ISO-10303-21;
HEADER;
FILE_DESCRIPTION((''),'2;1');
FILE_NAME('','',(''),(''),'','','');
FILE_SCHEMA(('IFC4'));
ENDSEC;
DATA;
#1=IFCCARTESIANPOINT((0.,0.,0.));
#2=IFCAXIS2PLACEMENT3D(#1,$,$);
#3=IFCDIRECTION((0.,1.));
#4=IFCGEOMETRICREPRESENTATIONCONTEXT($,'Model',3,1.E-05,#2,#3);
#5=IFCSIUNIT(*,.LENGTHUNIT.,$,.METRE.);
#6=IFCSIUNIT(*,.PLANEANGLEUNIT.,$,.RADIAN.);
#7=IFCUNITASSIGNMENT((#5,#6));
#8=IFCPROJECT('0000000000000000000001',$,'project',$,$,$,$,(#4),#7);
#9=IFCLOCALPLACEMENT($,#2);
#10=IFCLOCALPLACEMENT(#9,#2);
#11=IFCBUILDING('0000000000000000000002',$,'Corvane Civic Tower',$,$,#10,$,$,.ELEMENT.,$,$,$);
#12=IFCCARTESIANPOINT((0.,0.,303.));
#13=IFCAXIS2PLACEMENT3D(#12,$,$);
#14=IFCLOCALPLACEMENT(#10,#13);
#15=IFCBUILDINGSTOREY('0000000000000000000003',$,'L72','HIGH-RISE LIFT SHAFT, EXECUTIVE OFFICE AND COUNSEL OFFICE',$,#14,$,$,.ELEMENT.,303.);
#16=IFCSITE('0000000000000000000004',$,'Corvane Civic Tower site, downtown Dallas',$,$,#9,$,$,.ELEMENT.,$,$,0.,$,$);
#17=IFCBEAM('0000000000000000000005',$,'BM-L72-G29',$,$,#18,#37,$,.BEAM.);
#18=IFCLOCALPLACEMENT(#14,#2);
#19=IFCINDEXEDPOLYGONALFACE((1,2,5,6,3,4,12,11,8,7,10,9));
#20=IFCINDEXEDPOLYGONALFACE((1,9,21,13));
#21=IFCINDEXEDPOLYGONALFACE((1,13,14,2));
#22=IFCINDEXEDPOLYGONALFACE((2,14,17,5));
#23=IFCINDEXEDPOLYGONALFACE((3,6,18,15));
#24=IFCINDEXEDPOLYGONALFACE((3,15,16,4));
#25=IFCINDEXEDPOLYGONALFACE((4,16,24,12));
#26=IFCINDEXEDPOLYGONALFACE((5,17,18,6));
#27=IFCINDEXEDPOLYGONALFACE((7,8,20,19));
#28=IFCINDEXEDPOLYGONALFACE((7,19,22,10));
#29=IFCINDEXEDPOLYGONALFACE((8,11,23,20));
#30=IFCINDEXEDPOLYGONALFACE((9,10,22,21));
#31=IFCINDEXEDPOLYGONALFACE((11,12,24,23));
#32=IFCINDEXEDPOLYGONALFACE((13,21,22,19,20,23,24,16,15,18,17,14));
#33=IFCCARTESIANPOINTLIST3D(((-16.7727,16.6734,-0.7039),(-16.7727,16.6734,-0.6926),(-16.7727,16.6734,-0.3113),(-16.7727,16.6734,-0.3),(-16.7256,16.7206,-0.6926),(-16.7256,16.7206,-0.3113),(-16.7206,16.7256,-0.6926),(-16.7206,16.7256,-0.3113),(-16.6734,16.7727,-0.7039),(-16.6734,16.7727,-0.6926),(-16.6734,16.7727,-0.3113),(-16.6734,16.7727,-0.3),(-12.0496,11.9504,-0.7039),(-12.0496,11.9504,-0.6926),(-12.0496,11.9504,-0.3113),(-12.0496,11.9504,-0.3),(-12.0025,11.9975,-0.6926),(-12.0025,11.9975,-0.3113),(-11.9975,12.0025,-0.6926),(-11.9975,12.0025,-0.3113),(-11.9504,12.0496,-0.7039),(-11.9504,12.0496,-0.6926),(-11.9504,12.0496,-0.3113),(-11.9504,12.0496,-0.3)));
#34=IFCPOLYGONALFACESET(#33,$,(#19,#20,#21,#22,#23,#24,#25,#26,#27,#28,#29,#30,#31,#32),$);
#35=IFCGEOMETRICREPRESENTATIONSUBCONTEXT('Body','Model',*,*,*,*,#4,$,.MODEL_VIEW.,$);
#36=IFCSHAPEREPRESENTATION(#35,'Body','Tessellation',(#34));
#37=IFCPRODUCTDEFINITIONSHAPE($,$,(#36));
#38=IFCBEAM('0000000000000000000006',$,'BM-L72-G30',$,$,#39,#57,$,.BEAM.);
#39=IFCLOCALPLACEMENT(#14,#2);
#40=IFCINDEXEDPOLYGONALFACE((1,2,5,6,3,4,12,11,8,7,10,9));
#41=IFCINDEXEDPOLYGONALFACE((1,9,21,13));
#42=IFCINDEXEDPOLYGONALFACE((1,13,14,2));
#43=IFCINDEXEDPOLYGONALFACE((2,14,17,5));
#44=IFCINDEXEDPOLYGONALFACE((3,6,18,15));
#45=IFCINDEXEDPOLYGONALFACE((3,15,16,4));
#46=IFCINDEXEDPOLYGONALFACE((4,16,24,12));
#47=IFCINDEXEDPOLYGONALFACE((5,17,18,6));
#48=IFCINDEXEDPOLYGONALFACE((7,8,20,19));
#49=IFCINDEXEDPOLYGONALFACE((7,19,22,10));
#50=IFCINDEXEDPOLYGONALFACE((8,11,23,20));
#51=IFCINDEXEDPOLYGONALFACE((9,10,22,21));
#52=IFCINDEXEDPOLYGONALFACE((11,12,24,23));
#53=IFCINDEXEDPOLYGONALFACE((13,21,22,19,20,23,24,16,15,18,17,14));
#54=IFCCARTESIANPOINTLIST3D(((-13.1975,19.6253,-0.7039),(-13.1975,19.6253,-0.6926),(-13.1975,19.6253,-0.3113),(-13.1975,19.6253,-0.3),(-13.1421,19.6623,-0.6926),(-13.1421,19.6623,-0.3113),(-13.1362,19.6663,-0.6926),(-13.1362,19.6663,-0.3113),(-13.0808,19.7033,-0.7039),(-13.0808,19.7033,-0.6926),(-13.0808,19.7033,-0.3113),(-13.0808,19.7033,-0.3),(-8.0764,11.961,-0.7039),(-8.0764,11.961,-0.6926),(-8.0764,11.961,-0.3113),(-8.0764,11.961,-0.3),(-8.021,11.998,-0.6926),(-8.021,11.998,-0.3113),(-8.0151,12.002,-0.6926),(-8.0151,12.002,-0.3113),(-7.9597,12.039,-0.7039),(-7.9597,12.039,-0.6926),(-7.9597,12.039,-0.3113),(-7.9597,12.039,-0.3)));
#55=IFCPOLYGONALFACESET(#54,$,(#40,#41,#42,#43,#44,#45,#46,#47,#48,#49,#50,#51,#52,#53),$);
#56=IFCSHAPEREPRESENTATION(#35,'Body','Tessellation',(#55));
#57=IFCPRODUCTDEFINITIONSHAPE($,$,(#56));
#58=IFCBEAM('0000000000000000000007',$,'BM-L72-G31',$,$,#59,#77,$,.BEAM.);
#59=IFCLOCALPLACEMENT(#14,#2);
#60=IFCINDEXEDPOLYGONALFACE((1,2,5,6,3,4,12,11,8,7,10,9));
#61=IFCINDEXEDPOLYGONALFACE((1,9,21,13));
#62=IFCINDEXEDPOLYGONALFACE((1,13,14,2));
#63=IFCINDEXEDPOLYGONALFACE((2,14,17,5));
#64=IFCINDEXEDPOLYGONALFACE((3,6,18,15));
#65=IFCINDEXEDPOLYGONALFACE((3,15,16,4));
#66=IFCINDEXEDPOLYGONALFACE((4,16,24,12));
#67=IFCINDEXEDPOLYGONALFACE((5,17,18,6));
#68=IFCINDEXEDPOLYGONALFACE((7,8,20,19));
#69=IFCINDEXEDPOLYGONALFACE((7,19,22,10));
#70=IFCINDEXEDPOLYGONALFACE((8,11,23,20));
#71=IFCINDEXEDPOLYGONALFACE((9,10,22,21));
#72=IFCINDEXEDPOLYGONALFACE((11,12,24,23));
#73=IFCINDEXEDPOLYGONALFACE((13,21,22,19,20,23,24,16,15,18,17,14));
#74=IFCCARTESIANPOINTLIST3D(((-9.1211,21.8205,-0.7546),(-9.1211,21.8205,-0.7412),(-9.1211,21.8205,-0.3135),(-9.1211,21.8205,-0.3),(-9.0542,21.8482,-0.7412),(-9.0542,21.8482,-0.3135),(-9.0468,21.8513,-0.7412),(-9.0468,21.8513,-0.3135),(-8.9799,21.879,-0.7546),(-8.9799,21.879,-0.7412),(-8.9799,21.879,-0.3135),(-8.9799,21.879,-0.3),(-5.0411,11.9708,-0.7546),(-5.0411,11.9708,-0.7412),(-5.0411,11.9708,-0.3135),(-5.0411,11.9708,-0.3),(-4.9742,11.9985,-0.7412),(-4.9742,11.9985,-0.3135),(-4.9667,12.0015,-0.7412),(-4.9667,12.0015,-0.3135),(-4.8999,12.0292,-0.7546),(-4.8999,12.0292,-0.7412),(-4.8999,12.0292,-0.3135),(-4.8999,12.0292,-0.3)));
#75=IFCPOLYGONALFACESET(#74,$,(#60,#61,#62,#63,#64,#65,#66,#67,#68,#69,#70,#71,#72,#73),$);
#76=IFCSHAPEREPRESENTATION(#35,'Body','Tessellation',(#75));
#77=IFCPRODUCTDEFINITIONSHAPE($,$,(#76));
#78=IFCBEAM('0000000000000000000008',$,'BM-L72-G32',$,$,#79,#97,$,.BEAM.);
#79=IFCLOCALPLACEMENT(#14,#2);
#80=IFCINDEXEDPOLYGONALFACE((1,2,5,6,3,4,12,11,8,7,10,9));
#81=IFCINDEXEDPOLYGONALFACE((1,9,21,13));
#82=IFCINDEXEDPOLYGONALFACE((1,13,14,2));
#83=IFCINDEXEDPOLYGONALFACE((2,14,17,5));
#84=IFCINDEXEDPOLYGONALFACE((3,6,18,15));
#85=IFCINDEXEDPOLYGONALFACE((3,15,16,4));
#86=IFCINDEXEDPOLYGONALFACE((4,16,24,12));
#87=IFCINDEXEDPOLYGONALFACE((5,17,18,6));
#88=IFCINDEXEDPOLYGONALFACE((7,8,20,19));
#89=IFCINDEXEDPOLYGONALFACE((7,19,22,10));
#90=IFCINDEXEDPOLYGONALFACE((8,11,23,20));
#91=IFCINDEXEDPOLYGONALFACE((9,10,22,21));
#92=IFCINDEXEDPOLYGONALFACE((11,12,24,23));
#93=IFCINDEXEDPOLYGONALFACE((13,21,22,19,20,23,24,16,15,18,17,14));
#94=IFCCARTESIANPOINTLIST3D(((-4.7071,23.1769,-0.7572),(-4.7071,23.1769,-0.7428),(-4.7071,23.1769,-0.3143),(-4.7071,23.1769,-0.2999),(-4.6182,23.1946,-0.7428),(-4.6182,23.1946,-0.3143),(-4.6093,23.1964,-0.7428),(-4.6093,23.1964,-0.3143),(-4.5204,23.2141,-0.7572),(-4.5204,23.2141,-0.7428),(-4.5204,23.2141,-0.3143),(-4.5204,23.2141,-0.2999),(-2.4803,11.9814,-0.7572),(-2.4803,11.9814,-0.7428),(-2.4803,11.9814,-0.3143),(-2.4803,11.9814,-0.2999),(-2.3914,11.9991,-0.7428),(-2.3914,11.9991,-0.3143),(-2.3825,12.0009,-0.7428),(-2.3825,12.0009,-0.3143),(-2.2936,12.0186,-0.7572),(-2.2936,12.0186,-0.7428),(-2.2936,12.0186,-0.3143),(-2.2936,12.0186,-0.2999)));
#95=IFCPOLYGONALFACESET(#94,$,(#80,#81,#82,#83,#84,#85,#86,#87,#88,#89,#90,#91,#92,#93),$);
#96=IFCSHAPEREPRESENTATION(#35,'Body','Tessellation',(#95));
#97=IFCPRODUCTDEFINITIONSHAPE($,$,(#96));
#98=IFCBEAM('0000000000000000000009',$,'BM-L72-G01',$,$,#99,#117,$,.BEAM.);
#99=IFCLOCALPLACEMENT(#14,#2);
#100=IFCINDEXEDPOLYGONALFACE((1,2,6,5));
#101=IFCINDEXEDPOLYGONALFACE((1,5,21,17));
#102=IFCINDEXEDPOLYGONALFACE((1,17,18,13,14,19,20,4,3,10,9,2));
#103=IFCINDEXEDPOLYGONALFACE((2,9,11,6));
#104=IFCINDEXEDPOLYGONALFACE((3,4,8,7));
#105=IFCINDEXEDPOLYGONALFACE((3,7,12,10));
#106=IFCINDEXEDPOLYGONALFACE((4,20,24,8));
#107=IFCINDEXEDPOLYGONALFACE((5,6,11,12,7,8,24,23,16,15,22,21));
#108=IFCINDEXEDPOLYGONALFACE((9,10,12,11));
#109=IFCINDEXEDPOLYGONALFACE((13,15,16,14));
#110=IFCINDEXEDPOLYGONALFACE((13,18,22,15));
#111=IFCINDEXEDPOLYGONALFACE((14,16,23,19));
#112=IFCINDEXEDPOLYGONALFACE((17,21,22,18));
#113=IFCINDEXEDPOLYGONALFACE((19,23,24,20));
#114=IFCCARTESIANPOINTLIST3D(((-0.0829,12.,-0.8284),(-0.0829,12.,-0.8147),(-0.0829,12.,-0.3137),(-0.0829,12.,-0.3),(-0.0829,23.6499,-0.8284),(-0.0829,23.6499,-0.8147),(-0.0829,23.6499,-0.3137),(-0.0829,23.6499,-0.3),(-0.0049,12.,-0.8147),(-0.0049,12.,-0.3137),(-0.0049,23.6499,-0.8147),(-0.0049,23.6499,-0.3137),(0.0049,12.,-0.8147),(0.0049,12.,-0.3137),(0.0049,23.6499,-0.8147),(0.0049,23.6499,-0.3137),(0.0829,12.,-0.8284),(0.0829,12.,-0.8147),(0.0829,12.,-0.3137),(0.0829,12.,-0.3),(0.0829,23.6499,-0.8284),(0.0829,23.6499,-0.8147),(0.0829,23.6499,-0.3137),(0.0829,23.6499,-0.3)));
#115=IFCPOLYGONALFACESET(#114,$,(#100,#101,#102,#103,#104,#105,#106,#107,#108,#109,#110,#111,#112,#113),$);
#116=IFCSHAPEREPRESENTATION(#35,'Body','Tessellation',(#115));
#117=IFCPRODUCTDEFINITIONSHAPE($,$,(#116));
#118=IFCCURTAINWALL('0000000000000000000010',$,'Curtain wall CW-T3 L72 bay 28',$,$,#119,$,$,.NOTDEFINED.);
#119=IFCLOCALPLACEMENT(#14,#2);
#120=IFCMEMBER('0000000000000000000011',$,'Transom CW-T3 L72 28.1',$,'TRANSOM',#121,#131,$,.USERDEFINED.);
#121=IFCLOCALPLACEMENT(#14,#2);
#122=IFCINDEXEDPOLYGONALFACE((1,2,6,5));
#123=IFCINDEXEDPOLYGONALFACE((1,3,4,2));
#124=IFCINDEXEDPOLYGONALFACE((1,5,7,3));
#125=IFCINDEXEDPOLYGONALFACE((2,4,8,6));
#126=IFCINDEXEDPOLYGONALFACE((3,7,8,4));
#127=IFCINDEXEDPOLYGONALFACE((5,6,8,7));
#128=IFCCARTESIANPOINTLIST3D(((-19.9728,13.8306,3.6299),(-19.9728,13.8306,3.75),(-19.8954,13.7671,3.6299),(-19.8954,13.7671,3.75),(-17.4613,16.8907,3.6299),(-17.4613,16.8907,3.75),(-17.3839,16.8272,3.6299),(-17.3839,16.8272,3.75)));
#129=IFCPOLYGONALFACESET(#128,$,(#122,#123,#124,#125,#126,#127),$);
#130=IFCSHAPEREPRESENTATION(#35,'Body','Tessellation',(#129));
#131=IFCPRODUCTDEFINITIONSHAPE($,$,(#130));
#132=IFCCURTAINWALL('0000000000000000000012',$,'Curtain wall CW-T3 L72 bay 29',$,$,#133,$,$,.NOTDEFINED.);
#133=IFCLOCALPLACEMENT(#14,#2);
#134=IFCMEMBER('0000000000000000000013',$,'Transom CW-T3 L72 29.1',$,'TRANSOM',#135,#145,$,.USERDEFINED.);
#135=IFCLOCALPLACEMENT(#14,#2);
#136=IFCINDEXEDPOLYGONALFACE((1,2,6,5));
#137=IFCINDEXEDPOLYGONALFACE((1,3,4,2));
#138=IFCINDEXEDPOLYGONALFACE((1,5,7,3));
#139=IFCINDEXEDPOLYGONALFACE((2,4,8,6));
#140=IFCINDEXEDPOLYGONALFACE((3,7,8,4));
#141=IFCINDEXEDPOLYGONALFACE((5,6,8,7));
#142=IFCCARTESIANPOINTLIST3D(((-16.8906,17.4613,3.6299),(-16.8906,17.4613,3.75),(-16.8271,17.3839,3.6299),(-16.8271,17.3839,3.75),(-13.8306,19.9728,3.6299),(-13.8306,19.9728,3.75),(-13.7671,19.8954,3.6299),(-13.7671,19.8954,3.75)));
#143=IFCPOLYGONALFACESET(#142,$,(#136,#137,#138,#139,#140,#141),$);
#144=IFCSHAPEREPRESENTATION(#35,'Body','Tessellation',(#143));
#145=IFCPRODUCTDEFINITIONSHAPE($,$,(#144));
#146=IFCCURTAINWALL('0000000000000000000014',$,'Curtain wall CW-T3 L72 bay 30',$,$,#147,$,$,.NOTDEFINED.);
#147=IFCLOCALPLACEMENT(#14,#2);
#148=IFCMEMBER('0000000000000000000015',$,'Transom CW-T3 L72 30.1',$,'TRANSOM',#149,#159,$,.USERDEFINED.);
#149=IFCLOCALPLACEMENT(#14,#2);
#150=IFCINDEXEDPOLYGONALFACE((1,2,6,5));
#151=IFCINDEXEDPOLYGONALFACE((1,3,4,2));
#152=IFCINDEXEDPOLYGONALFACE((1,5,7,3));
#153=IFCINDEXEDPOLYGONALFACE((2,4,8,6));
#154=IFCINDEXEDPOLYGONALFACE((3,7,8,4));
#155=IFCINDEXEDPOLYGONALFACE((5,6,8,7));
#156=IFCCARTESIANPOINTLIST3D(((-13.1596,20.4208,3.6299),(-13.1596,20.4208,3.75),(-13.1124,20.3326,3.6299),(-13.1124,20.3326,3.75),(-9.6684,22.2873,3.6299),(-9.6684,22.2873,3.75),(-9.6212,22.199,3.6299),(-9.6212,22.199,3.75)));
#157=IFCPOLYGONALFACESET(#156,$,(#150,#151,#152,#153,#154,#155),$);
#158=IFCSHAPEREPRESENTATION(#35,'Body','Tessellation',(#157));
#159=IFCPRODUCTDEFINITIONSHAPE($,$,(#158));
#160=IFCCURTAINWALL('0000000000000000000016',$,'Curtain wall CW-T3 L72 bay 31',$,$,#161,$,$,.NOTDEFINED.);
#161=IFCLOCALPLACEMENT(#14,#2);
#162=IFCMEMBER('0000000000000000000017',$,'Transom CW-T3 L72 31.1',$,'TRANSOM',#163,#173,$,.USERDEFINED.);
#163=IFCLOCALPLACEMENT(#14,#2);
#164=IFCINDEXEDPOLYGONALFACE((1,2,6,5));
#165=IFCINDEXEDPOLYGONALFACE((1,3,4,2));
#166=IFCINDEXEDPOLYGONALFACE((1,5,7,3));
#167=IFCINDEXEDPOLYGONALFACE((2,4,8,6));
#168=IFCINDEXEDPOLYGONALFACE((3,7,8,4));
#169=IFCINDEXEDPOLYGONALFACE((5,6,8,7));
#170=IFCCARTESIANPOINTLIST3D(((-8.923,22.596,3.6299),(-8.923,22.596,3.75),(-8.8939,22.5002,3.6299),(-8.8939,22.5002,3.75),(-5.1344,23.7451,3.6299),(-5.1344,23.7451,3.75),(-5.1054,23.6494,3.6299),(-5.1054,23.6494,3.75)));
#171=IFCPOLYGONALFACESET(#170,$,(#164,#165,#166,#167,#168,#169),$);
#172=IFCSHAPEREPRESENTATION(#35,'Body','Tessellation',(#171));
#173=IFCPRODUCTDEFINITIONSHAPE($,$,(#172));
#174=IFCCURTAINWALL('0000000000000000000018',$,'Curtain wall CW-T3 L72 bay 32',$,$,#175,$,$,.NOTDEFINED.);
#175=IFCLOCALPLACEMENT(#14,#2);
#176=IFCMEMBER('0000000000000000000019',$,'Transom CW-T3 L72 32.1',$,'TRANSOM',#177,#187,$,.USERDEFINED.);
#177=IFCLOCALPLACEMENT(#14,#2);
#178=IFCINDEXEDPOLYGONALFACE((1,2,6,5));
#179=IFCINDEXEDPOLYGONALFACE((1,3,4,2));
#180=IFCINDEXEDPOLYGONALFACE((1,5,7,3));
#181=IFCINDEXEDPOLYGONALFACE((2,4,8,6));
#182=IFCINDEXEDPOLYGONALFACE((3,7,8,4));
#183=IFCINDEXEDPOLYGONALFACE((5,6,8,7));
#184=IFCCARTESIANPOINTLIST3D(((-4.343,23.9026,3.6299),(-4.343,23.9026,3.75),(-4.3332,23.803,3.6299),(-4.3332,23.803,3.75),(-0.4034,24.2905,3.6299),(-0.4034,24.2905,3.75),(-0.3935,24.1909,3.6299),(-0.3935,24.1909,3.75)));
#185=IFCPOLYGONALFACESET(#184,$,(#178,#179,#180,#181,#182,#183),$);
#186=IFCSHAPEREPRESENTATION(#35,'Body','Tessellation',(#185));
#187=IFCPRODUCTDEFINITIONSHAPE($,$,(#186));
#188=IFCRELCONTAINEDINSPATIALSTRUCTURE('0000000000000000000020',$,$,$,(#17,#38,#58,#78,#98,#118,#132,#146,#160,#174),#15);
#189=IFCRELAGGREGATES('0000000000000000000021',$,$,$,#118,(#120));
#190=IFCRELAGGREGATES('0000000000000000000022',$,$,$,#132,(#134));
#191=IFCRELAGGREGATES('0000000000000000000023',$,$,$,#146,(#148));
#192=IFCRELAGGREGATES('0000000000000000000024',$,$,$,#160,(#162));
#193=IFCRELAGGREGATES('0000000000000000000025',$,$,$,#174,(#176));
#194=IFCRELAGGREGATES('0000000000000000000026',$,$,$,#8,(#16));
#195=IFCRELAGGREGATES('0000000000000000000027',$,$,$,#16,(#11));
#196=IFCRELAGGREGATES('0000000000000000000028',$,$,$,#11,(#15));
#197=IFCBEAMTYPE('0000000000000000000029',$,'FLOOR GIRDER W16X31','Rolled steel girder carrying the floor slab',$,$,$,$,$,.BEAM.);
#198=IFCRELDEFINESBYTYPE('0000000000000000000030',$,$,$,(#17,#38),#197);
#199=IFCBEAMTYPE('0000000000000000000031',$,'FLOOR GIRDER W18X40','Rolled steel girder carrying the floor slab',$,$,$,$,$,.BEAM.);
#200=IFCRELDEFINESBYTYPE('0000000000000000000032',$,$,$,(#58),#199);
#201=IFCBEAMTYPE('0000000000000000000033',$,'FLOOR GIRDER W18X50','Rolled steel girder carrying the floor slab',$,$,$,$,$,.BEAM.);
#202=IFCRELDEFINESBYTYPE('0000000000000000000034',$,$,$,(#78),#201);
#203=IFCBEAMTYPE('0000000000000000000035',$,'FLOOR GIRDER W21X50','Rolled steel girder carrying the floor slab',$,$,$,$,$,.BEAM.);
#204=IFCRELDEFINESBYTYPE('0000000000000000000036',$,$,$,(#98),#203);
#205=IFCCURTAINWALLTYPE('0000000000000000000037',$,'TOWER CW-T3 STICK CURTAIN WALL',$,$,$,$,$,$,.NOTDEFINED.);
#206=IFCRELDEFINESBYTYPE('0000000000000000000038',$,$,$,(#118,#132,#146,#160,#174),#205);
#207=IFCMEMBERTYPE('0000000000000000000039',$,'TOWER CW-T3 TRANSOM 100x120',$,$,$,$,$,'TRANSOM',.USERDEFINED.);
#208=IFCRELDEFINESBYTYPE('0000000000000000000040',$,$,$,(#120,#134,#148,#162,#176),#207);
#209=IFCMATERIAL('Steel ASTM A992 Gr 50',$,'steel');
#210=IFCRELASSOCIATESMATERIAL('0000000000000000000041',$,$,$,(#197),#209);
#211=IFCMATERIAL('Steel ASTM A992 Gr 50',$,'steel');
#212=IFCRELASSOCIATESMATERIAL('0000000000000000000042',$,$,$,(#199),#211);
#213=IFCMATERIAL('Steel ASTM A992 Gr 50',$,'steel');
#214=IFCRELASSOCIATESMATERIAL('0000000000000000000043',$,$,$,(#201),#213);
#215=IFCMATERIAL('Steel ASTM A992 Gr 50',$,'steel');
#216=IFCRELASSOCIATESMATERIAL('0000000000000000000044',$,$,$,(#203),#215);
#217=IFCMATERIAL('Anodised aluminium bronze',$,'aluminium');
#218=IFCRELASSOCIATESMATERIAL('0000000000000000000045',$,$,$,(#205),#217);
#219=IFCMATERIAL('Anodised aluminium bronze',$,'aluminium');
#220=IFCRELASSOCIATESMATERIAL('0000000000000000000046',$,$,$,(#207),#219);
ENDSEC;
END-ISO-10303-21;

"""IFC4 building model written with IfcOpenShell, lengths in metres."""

from ifc_helpers import new_model, si_unit, direction, frame, origin, origin_2d, place, context, subcontext, project, spatial, rectangle, i_section, extrude, material, material_profile, profile_set, type_object, element, aggregate, save


model = new_model("IFC4")

# Units and contexts
model_context = context("Model", 3, precision=1e-05, world=origin(), true_north=direction((0.0, 1.0)))
body_context = subcontext(model_context, "Body", "Model", "MODEL_VIEW")
ifc_project = project(units=[si_unit("LENGTHUNIT", "METRE"), si_unit("PLANEANGLEUNIT", "RADIAN")], contexts=[model_context])

# Site, building, storey
site_placement = place(None, origin())
site = spatial("IfcSite", under=ifc_project, at=site_placement, Name="Corvane Civic Tower site, downtown Dallas", CompositionType="ELEMENT", RefElevation=0.0)
building_placement = place(site_placement, origin())
building = spatial("IfcBuilding", under=site, at=building_placement, Name="Corvane Civic Tower", CompositionType="ELEMENT")
storey_placement = place(building_placement, frame((0.0, 0.0, 303.0)))
storey = spatial("IfcBuildingStorey", under=building, at=storey_placement, Name="L72", Description="HIGH-RISE LIFT SHAFT, EXECUTIVE OFFICE AND COUNSEL OFFICE", CompositionType="ELEMENT", Elevation=303.0)

# Beams
ifc_material_1 = material(Name="Steel ASTM A992 Gr 50", Category="steel")
ifc_material_profile_1 = material_profile(ifc_material_1, i_section(OverallWidth=0.1404, OverallDepth=0.4038, WebThickness=0.0071, FlangeThickness=0.0112, at=origin_2d()), Name="W16X31")
ifc_profile_set_1 = profile_set([ifc_material_profile_1], Name="Steel ASTM A992 Gr 50")
beam_type_1 = type_object("IfcBeamType", Name="FLOOR GIRDER W16X31", Description="Rolled steel girder carrying the floor slab", PredefinedType="BEAM", material=ifc_profile_set_1)
beam_1_placement = place(storey_placement, frame((-12.0, 12.0, -0.502), z_axis=(-0.707107, 0.707107, 0.0), x_axis=(-0.707107, -0.707107, 0.0)))
element("IfcBeam", 1, at=beam_1_placement, inside=storey, type_object=beam_type_1, Name="BM-L72-G29", PredefinedType="BEAM", context=body_context, shape_type="SweptSolid", body=[
    extrude(i_section(OverallWidth=0.1404, OverallDepth=0.4038, WebThickness=0.0071, FlangeThickness=0.0112, at=origin_2d()), origin(), (0.0, 0.0, 1.0), 6.6794),
])
beam_2_placement = place(storey_placement, frame((-8.0181, 12.0, -0.502), z_axis=(-0.555568, 0.831471, 0.0), x_axis=(-0.831471, -0.555568, 0.0)))
element("IfcBeam", 2, at=beam_2_placement, inside=storey, type_object=beam_type_1, Name="BM-L72-G30", PredefinedType="BEAM", context=body_context, shape_type="SweptSolid", body=[
    extrude(i_section(OverallWidth=0.1404, OverallDepth=0.4038, WebThickness=0.0071, FlangeThickness=0.0112, at=origin_2d()), origin(), (0.0, 0.0, 1.0), 9.2178),
])
ifc_material_2 = material(Name="Steel ASTM A992 Gr 50", Category="steel")
ifc_material_profile_2 = material_profile(ifc_material_2, i_section(OverallWidth=0.1528, OverallDepth=0.4546, WebThickness=0.0081, FlangeThickness=0.0134, at=origin_2d()), Name="W18X40")
ifc_profile_set_2 = profile_set([ifc_material_profile_2], Name="Steel ASTM A992 Gr 50")
beam_type_2 = type_object("IfcBeamType", Name="FLOOR GIRDER W18X40", Description="Rolled steel girder carrying the floor slab", PredefinedType="BEAM", material=ifc_profile_set_2)
beam_3_placement = place(storey_placement, frame((-4.9705, 12.0, -0.5273), z_axis=(-0.382694, 0.923875, 0.0), x_axis=(-0.923875, -0.382694, 0.0)))
element("IfcBeam", 3, at=beam_3_placement, inside=storey, type_object=beam_type_2, Name="BM-L72-G31", PredefinedType="BEAM", context=body_context, shape_type="SweptSolid", body=[
    extrude(i_section(OverallWidth=0.1528, OverallDepth=0.4546, WebThickness=0.0081, FlangeThickness=0.0134, at=origin_2d()), origin(), (0.0, 0.0, 1.0), 10.6614),
])
ifc_material_3 = material(Name="Steel ASTM A992 Gr 50", Category="steel")
ifc_material_profile_3 = material_profile(ifc_material_3, i_section(OverallWidth=0.1904, OverallDepth=0.4573, WebThickness=0.009, FlangeThickness=0.0144, at=origin_2d()), Name="W18X50")
ifc_profile_set_3 = profile_set([ifc_material_profile_3], Name="Steel ASTM A992 Gr 50")
beam_type_3 = type_object("IfcBeamType", Name="FLOOR GIRDER W18X50", Description="Rolled steel girder carrying the floor slab", PredefinedType="BEAM", material=ifc_profile_set_3)
beam_4_placement = place(storey_placement, frame((-2.387, 12.0, -0.5286), z_axis=(-0.19508, 0.980787, 0.0), x_axis=(-0.980787, -0.19508, 0.0)))
element("IfcBeam", 4, at=beam_4_placement, inside=storey, type_object=beam_type_3, Name="BM-L72-G32", PredefinedType="BEAM", context=body_context, shape_type="SweptSolid", body=[
    extrude(i_section(OverallWidth=0.1904, OverallDepth=0.4573, WebThickness=0.009, FlangeThickness=0.0144, at=origin_2d()), origin(), (0.0, 0.0, 1.0), 11.4148),
])
ifc_material_4 = material(Name="Steel ASTM A992 Gr 50", Category="steel")
ifc_material_profile_4 = material_profile(ifc_material_4, i_section(OverallWidth=0.1658, OverallDepth=0.5283, WebThickness=0.0098, FlangeThickness=0.0137, at=origin_2d()), Name="W21X50")
ifc_profile_set_4 = profile_set([ifc_material_profile_4], Name="Steel ASTM A992 Gr 50")
beam_type_4 = type_object("IfcBeamType", Name="FLOOR GIRDER W21X50", Description="Rolled steel girder carrying the floor slab", PredefinedType="BEAM", material=ifc_profile_set_4)
beam_5_placement = place(storey_placement, frame((0.0, 12.0, -0.5642), z_axis=(0.0, 1.0, 0.0), x_axis=(-1.0, 0.0, 0.0)))
element("IfcBeam", 5, at=beam_5_placement, inside=storey, type_object=beam_type_4, Name="BM-L72-G01", PredefinedType="BEAM", context=body_context, shape_type="SweptSolid", body=[
    extrude(i_section(OverallWidth=0.1658, OverallDepth=0.5283, WebThickness=0.0098, FlangeThickness=0.0137, at=origin_2d()), origin(), (0.0, 0.0, 1.0), 11.6499),
])

# Curtain walls, members
ifc_material_5 = material(Name="Anodised aluminium bronze", Category="aluminium")
curtain_wall_type = type_object("IfcCurtainWallType", Name="TOWER CW-T3 STICK CURTAIN WALL", PredefinedType="NOTDEFINED", material=ifc_material_5)
curtain_wall_1_placement = place(storey_placement, origin())
curtain_wall_1 = element("IfcCurtainWall", 6, at=curtain_wall_1_placement, inside=storey, type_object=curtain_wall_type, Name="Curtain wall CW-T3 L72 bay 28", PredefinedType="NOTDEFINED")
ifc_material_6 = material(Name="Anodised aluminium bronze", Category="aluminium")
ifc_material_profile_5 = material_profile(ifc_material_6, rectangle(XDim=0.1001, YDim=0.1201, at=origin_2d()), Name="TOWER CW-T3 TRANSOM 100x120")
ifc_profile_set_5 = profile_set([ifc_material_profile_5], Name="Anodised aluminium bronze")
member_type = type_object("IfcMemberType", Name="TOWER CW-T3 TRANSOM 100x120", ElementType="TRANSOM", PredefinedType="USERDEFINED", material=ifc_profile_set_5)
member_1_placement = place(storey_placement, frame((-19.9341, 13.7988, 3.6899), z_axis=(0.634416, 0.772992, 0.0), x_axis=(-0.772992, 0.634416, 0.0)))
member_1 = element("IfcMember", 7, at=member_1_placement, type_object=member_type, Name="Transom CW-T3 L72 28.1", ObjectType="TRANSOM", PredefinedType="USERDEFINED", context=body_context, shape_type="SweptSolid", body=[
    extrude(rectangle(XDim=0.1001, YDim=0.1201, at=origin_2d()), origin(), (0.0, 0.0, 1.0), 3.9587),
])
curtain_wall_2_placement = place(storey_placement, origin())
curtain_wall_2 = element("IfcCurtainWall", 8, at=curtain_wall_2_placement, inside=storey, type_object=curtain_wall_type, Name="Curtain wall CW-T3 L72 bay 29", PredefinedType="NOTDEFINED")
member_2_placement = place(storey_placement, frame((-16.8589, 17.4226, 3.6899), z_axis=(0.772992, 0.634416, 0.0), x_axis=(-0.634416, 0.772992, 0.0)))
member_2 = element("IfcMember", 9, at=member_2_placement, type_object=member_type, Name="Transom CW-T3 L72 29.1", ObjectType="TRANSOM", PredefinedType="USERDEFINED", context=body_context, shape_type="SweptSolid", body=[
    extrude(rectangle(XDim=0.1001, YDim=0.1201, at=origin_2d()), origin(), (0.0, 0.0, 1.0), 3.9587),
])
curtain_wall_3_placement = place(storey_placement, origin())
curtain_wall_3 = element("IfcCurtainWall", 10, at=curtain_wall_3_placement, inside=storey, type_object=curtain_wall_type, Name="Curtain wall CW-T3 L72 bay 30", PredefinedType="NOTDEFINED")
member_3_placement = place(storey_placement, frame((-13.136, 20.3767, 3.6899), z_axis=(0.881883, 0.471468, 0.0), x_axis=(-0.471468, 0.881883, 0.0)))
member_3 = element("IfcMember", 11, at=member_3_placement, type_object=member_type, Name="Transom CW-T3 L72 30.1", ObjectType="TRANSOM", PredefinedType="USERDEFINED", context=body_context, shape_type="SweptSolid", body=[
    extrude(rectangle(XDim=0.1001, YDim=0.1201, at=origin_2d()), origin(), (0.0, 0.0, 1.0), 3.9587),
])
curtain_wall_4_placement = place(storey_placement, origin())
curtain_wall_4 = element("IfcCurtainWall", 12, at=curtain_wall_4_placement, inside=storey, type_object=curtain_wall_type, Name="Curtain wall CW-T3 L72 bay 31", PredefinedType="NOTDEFINED")
member_4_placement = place(storey_placement, frame((-8.9084, 22.5481, 3.6899), z_axis=(0.956946, 0.290266, 0.0), x_axis=(-0.290266, 0.956946, 0.0)))
member_4 = element("IfcMember", 13, at=member_4_placement, type_object=member_type, Name="Transom CW-T3 L72 31.1", ObjectType="TRANSOM", PredefinedType="USERDEFINED", context=body_context, shape_type="SweptSolid", body=[
    extrude(rectangle(XDim=0.1001, YDim=0.1201, at=origin_2d()), origin(), (0.0, 0.0, 1.0), 3.959),
])
curtain_wall_5_placement = place(storey_placement, origin())
curtain_wall_5 = element("IfcCurtainWall", 14, at=curtain_wall_5_placement, inside=storey, type_object=curtain_wall_type, Name="Curtain wall CW-T3 L72 bay 32", PredefinedType="NOTDEFINED")
member_5_placement = place(storey_placement, frame((-4.3381, 23.8528, 3.6899), z_axis=(0.995187, 0.097995, 0.0), x_axis=(-0.097995, 0.995187, 0.0)))
member_5 = element("IfcMember", 15, at=member_5_placement, type_object=member_type, Name="Transom CW-T3 L72 32.1", ObjectType="TRANSOM", PredefinedType="USERDEFINED", context=body_context, shape_type="SweptSolid", body=[
    extrude(rectangle(XDim=0.1001, YDim=0.1201, at=origin_2d()), origin(), (0.0, 0.0, 1.0), 3.9587),
])

aggregate(curtain_wall_1, [member_1])
aggregate(curtain_wall_2, [member_2])
aggregate(curtain_wall_3, [member_3])
aggregate(curtain_wall_4, [member_4])
aggregate(curtain_wall_5, [member_5])

save(model, "model.ifc")
